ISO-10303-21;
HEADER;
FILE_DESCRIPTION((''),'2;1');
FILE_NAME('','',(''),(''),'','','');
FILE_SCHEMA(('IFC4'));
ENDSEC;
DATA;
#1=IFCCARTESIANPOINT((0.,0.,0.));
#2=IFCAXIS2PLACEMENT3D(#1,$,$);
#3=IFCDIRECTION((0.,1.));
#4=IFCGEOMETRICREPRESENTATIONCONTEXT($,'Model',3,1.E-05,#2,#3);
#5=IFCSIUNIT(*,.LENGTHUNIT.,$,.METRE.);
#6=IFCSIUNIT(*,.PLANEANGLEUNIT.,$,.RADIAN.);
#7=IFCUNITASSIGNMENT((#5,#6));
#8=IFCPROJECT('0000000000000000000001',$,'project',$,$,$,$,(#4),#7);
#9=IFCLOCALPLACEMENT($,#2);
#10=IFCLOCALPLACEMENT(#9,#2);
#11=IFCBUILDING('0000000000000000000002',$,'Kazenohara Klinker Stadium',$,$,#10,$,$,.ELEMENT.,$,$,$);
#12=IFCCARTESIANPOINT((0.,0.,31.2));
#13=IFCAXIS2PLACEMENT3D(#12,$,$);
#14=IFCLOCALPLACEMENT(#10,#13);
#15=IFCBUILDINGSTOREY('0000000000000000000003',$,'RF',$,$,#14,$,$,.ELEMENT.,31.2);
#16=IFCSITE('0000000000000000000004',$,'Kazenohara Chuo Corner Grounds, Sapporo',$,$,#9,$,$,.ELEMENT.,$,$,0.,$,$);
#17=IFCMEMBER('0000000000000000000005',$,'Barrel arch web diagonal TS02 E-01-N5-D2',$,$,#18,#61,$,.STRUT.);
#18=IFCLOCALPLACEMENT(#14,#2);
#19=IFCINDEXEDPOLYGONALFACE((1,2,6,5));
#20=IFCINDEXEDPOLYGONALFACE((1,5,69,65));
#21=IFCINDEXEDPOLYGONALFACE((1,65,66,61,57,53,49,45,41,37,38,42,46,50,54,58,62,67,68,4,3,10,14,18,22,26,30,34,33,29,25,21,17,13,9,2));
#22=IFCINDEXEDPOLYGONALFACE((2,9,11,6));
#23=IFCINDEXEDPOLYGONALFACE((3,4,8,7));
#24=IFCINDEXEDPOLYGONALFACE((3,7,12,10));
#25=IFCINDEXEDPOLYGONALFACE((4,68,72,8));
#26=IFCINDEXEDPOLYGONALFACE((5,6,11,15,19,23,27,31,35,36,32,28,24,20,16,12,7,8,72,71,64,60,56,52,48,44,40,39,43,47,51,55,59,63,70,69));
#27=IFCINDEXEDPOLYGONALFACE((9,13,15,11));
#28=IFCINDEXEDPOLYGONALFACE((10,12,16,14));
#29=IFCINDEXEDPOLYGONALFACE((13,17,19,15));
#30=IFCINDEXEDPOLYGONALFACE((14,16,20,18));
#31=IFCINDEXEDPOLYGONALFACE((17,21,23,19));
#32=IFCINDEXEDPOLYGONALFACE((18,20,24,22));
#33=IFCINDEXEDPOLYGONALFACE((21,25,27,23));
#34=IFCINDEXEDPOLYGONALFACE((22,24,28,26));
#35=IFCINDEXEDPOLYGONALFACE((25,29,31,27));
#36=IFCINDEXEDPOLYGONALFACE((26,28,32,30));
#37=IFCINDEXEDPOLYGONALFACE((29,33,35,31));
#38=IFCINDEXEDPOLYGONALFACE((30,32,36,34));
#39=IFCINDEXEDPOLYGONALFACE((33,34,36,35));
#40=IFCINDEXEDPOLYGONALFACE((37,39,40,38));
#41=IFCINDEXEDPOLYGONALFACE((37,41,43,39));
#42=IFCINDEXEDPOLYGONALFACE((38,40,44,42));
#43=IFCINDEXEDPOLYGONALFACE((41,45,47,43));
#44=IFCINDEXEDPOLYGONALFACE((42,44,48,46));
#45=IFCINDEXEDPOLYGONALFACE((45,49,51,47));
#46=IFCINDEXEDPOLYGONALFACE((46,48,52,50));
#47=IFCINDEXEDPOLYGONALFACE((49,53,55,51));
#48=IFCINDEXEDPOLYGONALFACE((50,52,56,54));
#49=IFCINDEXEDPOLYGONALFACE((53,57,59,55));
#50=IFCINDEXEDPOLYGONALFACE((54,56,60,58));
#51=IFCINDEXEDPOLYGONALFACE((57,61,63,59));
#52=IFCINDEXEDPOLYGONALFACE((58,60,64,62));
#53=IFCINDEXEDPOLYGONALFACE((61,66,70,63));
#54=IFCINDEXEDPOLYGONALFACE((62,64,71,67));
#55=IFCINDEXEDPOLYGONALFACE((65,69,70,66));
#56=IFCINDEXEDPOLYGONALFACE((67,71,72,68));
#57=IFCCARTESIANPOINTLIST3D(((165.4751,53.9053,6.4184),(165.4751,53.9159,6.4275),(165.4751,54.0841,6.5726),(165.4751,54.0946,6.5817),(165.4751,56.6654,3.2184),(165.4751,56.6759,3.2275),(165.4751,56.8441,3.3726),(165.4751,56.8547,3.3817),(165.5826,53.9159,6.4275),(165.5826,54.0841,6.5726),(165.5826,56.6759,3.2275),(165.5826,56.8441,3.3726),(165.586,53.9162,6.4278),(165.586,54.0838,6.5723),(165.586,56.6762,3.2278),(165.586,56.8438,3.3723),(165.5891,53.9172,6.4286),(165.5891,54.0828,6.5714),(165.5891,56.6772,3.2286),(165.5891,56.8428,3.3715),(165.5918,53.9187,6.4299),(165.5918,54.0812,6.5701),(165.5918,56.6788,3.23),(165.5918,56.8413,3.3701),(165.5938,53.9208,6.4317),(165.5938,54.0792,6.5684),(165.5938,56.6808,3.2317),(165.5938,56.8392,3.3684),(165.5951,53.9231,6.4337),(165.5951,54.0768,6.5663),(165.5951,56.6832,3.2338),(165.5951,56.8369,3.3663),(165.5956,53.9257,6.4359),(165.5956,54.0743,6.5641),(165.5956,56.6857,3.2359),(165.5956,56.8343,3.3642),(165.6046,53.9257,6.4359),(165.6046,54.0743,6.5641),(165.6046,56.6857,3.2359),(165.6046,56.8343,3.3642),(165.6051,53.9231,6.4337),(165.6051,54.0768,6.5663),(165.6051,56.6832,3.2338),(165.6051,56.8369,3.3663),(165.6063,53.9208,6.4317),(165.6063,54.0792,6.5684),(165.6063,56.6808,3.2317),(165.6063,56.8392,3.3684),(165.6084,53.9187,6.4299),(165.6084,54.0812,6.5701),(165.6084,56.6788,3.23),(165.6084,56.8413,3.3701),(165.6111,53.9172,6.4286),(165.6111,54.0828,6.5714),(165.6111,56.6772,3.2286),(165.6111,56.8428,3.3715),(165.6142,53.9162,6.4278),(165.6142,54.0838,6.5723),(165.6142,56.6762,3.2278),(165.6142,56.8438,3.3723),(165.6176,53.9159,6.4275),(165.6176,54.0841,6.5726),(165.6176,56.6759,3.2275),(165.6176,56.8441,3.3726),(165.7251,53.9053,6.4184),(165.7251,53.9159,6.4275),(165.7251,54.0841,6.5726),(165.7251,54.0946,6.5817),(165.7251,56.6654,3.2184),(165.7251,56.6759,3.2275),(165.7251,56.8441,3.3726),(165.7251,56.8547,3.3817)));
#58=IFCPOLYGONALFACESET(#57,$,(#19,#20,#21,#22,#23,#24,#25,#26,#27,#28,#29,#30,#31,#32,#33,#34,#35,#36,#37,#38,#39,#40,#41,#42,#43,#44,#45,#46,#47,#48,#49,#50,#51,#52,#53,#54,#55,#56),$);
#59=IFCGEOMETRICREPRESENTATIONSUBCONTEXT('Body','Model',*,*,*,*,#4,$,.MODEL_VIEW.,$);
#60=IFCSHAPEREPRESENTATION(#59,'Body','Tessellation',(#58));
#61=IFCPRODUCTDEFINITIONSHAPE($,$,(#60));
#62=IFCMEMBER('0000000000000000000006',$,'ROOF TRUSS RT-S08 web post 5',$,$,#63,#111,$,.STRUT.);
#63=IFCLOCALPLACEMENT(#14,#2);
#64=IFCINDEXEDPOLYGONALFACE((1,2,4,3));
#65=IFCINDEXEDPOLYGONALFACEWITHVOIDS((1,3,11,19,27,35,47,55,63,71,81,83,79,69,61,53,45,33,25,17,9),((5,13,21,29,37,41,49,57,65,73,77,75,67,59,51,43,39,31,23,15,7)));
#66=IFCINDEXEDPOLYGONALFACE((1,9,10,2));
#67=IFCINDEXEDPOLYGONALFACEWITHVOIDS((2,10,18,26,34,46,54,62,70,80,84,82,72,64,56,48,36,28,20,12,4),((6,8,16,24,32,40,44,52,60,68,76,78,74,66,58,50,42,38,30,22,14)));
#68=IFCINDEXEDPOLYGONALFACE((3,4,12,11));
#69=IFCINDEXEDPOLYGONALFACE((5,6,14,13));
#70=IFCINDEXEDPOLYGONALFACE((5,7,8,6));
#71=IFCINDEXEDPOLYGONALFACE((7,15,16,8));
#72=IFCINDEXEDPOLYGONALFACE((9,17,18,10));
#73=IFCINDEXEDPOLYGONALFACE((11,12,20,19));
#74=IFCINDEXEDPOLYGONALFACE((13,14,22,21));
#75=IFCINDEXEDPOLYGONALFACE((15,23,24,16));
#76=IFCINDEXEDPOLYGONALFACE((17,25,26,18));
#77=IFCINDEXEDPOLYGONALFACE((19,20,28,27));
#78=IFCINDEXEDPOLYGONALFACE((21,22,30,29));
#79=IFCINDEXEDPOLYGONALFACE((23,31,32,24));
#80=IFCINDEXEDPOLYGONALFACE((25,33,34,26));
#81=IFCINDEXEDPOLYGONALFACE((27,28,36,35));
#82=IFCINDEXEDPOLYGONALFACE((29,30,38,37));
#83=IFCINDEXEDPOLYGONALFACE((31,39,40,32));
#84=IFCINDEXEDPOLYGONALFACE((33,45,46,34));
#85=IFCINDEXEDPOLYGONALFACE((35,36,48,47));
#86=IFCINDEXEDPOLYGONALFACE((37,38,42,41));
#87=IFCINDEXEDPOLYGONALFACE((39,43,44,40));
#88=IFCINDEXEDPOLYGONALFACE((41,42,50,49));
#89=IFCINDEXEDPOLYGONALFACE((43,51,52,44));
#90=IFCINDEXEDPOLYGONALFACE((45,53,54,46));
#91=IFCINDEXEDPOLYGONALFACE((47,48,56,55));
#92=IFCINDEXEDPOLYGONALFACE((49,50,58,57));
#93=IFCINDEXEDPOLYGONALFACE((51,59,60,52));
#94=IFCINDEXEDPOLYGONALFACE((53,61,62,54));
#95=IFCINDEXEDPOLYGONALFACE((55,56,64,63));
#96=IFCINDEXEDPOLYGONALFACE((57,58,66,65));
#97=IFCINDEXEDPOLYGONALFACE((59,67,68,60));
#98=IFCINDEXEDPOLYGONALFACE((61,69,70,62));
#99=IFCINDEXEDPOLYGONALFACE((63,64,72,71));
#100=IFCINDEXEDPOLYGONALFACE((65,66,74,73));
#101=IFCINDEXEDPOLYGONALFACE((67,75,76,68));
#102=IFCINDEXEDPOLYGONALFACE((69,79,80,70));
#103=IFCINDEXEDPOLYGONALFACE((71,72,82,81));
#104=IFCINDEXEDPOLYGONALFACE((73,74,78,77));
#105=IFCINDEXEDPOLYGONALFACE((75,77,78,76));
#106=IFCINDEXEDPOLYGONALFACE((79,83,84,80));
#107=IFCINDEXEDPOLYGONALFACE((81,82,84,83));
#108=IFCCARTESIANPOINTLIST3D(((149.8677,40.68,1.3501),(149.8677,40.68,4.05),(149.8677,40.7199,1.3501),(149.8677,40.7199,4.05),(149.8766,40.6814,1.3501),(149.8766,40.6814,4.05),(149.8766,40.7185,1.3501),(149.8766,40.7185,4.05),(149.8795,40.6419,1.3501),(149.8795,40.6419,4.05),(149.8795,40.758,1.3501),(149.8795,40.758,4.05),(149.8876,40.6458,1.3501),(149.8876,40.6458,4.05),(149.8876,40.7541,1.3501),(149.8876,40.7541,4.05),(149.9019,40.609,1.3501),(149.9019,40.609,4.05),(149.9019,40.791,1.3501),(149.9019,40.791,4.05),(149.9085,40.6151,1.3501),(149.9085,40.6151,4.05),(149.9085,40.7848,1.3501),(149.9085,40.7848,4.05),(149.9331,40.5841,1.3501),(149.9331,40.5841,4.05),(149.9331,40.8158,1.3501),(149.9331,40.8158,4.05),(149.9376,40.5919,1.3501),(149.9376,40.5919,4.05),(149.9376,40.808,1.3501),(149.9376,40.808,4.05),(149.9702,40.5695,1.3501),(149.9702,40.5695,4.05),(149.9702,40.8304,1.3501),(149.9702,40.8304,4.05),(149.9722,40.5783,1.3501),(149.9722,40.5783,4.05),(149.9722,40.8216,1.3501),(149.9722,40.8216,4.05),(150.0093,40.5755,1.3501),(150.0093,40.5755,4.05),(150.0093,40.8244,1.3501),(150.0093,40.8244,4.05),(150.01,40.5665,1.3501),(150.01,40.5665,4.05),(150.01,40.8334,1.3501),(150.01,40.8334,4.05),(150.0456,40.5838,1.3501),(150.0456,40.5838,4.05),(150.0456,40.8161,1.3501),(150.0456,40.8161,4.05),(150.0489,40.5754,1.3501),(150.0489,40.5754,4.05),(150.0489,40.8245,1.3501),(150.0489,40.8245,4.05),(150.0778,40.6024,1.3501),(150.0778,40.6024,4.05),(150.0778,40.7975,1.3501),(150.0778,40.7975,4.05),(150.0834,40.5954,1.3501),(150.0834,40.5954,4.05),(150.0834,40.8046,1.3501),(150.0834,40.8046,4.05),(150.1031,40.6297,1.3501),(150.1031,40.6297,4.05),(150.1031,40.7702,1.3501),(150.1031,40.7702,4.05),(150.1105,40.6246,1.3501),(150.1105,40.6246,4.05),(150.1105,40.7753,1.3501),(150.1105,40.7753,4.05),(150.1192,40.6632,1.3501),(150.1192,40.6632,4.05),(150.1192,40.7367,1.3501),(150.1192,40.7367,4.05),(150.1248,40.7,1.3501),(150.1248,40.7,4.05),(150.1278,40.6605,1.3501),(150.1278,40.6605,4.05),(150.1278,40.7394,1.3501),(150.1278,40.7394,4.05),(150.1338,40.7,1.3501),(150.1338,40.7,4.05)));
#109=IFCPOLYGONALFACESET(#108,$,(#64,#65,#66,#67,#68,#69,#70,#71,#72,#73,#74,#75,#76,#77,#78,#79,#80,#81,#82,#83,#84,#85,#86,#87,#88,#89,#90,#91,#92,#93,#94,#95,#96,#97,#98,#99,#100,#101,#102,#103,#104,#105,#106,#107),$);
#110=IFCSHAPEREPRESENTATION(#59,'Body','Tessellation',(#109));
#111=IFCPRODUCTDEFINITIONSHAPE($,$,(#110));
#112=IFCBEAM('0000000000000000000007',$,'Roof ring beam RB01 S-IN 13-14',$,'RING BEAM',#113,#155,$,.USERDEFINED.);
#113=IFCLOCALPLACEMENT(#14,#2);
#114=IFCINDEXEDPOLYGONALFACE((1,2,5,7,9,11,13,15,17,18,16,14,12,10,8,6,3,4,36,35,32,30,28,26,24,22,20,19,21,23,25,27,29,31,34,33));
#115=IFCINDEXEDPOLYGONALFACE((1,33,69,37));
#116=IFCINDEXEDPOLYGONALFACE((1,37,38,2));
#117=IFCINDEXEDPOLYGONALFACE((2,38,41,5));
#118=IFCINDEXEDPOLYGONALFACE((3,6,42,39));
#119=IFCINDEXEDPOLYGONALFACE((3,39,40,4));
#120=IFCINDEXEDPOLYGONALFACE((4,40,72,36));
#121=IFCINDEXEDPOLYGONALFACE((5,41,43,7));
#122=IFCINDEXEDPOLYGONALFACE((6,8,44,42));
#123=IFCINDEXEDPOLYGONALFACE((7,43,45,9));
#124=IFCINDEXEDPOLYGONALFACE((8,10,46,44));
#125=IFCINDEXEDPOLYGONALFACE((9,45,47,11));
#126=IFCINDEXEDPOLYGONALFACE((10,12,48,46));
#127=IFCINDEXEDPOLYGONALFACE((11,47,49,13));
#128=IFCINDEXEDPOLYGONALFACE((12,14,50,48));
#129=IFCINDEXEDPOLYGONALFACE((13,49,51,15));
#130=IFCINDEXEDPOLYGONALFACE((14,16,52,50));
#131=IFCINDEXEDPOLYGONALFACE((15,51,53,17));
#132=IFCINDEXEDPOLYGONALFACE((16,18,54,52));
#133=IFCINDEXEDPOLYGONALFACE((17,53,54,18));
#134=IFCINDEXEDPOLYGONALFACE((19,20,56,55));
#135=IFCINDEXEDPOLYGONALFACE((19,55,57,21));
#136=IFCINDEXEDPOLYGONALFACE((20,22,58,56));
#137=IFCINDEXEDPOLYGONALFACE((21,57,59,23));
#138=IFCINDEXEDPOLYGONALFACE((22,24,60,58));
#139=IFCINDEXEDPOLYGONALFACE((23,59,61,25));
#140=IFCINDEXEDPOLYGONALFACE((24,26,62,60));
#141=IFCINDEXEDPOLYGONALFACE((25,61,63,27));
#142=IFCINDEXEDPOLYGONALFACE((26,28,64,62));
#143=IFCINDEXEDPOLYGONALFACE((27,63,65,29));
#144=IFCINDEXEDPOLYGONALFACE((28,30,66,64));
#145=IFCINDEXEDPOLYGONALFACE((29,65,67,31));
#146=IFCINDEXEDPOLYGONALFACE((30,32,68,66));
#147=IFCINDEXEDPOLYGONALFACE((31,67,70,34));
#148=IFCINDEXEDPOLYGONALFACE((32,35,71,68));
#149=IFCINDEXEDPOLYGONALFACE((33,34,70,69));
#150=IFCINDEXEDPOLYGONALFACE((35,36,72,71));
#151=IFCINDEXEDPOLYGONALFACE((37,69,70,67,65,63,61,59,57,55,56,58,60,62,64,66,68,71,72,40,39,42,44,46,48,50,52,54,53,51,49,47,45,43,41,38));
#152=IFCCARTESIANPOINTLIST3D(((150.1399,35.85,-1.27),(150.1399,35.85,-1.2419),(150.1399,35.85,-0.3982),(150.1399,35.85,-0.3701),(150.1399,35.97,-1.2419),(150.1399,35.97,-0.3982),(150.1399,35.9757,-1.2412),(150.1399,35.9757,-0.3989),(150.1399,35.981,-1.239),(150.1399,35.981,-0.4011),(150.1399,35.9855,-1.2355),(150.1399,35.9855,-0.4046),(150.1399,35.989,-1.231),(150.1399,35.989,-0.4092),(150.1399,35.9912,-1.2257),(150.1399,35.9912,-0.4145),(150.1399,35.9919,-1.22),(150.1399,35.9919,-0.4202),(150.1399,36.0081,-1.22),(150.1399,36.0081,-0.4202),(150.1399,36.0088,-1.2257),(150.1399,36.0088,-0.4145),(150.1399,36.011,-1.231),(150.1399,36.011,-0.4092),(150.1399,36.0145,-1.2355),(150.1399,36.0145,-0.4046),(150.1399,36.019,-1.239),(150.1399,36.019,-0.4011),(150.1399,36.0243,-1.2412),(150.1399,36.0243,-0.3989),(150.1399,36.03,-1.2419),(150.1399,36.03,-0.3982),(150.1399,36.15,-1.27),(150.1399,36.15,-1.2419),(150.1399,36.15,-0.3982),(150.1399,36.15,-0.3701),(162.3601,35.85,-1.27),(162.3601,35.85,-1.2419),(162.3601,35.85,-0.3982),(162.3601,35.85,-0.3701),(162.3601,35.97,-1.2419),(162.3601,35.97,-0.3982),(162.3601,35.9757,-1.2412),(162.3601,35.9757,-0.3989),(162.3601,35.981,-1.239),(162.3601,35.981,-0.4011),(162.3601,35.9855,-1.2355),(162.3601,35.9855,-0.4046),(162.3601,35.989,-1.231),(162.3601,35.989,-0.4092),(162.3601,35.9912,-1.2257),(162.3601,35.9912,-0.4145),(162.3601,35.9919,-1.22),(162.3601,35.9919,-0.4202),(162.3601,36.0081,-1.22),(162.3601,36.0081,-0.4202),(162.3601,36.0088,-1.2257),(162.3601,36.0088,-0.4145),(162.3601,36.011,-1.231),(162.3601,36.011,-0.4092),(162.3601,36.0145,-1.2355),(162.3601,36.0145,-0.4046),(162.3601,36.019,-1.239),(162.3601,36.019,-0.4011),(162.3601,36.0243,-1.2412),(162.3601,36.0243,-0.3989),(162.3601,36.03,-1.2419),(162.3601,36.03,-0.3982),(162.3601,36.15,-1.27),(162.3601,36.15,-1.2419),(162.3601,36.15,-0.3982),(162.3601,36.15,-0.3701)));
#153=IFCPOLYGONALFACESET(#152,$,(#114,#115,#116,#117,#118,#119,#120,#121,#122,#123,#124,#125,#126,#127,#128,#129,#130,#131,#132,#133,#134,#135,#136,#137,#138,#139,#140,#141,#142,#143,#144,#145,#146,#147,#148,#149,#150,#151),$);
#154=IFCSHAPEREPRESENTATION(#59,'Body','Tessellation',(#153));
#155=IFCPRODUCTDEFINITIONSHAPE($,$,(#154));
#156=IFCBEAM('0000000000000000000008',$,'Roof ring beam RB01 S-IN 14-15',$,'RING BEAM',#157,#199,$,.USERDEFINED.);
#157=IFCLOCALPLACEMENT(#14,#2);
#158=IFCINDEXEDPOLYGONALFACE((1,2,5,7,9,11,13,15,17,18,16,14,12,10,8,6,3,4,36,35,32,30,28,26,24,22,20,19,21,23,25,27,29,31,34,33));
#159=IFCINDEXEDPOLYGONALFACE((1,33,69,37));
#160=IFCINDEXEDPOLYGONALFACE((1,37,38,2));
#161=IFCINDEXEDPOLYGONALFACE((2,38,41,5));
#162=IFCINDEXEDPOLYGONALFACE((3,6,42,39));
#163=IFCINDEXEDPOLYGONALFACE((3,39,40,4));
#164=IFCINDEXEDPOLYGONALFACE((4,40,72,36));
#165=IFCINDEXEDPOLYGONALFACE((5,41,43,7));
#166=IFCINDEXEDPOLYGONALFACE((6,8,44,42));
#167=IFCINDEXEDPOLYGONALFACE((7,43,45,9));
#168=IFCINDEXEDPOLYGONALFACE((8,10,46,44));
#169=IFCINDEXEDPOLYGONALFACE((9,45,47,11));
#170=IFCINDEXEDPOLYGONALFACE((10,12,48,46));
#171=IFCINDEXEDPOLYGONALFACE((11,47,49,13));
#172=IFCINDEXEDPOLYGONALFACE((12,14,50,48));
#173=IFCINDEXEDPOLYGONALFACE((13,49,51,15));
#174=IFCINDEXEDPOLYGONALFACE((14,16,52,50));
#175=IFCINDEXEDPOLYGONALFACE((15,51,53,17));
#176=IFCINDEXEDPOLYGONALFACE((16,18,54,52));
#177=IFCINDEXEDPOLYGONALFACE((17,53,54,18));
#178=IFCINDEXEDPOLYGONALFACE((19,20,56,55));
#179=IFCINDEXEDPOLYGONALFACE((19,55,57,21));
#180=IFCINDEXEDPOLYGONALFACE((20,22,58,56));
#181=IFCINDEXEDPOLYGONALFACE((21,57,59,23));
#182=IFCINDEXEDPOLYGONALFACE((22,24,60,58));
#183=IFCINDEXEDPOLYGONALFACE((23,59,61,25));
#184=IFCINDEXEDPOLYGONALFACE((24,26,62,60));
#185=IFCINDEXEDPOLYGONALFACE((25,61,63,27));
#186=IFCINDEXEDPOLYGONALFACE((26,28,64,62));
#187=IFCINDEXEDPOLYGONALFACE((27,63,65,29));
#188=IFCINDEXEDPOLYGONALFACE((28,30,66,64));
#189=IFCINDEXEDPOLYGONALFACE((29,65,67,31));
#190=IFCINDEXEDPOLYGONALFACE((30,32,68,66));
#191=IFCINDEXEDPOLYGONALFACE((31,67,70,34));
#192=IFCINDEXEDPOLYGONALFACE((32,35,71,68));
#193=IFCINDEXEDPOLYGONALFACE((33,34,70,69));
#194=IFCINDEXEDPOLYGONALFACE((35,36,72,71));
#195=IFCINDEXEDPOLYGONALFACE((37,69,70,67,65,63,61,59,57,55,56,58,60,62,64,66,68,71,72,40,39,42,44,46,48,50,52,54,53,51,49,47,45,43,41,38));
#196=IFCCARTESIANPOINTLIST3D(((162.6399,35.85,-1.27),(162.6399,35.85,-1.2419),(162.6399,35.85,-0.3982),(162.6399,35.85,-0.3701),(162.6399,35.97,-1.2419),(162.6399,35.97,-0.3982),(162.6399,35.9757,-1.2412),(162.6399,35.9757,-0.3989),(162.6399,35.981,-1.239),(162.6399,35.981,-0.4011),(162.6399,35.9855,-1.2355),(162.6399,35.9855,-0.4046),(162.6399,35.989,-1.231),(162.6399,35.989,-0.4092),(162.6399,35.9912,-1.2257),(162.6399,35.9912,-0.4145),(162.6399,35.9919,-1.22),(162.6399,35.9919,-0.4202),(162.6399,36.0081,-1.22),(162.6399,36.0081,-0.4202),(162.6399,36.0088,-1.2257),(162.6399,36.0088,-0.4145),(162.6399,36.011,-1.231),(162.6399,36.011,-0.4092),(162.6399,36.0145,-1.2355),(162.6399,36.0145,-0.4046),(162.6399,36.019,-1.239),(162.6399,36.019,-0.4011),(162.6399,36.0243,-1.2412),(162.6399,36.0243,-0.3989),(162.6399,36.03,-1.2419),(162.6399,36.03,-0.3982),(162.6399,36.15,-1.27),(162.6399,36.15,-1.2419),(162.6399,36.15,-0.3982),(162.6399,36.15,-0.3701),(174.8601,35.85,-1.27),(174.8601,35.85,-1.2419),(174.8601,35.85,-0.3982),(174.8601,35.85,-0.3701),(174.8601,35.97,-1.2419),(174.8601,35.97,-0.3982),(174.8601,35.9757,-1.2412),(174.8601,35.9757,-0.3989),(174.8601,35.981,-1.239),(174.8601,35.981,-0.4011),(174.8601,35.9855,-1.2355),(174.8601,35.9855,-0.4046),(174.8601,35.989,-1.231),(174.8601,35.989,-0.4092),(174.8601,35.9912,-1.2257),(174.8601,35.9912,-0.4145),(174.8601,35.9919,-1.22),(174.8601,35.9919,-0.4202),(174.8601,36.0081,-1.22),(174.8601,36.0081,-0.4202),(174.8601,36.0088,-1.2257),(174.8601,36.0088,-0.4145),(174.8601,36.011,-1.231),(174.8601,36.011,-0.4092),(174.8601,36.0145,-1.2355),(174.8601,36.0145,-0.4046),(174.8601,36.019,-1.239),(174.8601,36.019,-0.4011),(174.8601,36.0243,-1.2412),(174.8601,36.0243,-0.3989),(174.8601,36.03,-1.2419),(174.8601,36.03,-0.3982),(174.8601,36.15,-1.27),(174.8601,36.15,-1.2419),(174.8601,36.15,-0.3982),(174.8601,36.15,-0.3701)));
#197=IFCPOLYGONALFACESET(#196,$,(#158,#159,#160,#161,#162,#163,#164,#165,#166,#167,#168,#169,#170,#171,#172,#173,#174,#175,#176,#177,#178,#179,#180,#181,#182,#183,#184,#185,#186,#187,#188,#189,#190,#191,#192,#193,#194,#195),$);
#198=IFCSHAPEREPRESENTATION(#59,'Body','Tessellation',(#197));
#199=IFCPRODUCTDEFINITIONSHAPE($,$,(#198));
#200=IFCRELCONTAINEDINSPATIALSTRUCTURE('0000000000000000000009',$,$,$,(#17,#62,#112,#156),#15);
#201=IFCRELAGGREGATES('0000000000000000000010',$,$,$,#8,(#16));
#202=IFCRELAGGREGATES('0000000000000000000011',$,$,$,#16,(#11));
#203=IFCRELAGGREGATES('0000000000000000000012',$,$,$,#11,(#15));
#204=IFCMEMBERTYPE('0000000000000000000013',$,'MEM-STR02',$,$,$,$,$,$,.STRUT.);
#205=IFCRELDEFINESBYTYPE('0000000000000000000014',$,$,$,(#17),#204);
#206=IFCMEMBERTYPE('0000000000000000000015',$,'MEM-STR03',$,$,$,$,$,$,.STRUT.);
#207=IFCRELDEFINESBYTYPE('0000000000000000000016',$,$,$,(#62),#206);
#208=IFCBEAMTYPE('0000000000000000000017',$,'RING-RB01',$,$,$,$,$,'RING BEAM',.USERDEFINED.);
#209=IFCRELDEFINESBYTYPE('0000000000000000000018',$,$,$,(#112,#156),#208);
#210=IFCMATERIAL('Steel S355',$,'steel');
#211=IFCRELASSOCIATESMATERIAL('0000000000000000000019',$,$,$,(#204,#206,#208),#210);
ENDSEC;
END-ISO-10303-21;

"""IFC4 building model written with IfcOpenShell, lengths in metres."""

from ifc_helpers import new_model, si_unit, direction, frame, origin, origin_2d, place, context, subcontext, project, spatial, hollow_circle, i_section, extrude, material, material_profile, profile_set, type_object, element, save


model = new_model("IFC4")

# Units and contexts
model_context = context("Model", 3, precision=1e-05, world=origin(), true_north=direction((0.0, 1.0)))
body_context = subcontext(model_context, "Body", "Model", "MODEL_VIEW")
ifc_project = project(units=[si_unit("LENGTHUNIT", "METRE"), si_unit("PLANEANGLEUNIT", "RADIAN")], contexts=[model_context])

# Site, building, storey
site_placement = place(None, origin())
site = spatial("IfcSite", under=ifc_project, at=site_placement, Name="Kazenohara Chuo Corner Grounds, Sapporo", CompositionType="ELEMENT", RefElevation=0.0)
building_placement = place(site_placement, origin())
building = spatial("IfcBuilding", under=site, at=building_placement, Name="Kazenohara Klinker Stadium", CompositionType="ELEMENT")
storey_placement = place(building_placement, frame((0.0, 0.0, 31.2)))
storey = spatial("IfcBuildingStorey", under=building, at=storey_placement, Name="RF", CompositionType="ELEMENT", Elevation=31.2)

# Members
ifc_material = material(Name="Steel S355", Category="steel")
ifc_material_profile_1 = material_profile(ifc_material, i_section(OverallWidth=0.25, OverallDepth=0.25, WebThickness=0.009, FlangeThickness=0.0139, FilletRadius=0.0129, at=origin_2d()), Name="H-250x250x9x14")
ifc_profile_set_1 = profile_set([ifc_material_profile_1], Name="Steel S355")
member_type_1 = type_object("IfcMemberType", Name="MEM-STR02", PredefinedType="STRUT", material=ifc_profile_set_1)
for number, where, z_axis, x_axis, name in (
    (1, (165.6001, 56.76, 3.3), (0.0, -0.653134, 0.757242), (1.0, 0.0, 0.0), "Barrel arch web diagonal TS02 E-01-N5-D2"),
):
    element("IfcMember", number, at=place(storey_placement, frame(where, z_axis=z_axis, x_axis=x_axis)), inside=storey, type_object=member_type_1, Name=name, PredefinedType="STRUT", context=body_context, shape_type="SweptSolid", body=[
        extrude(i_section(OverallWidth=0.25, OverallDepth=0.25, WebThickness=0.009, FlangeThickness=0.0139, FilletRadius=0.0129, at=origin_2d()), origin(), (0.0, 0.0, 1.0), 4.2258),
    ])
ifc_material_profile_2 = material_profile(ifc_material, hollow_circle(Radius=0.1338, WallThickness=0.009, at=origin_2d()), Name="CHS-267.4x9")
ifc_profile_set_2 = profile_set([ifc_material_profile_2], Name="Steel S355")
member_type_2 = type_object("IfcMemberType", Name="MEM-STR03", PredefinedType="STRUT", material=ifc_profile_set_2)
member_1_placement = place(storey_placement, frame((150.0, 40.7, 1.3501), z_axis=(0.0, 0.0, 1.0), x_axis=(1.0, 0.0, 0.0)))
element("IfcMember", 2, at=member_1_placement, inside=storey, type_object=member_type_2, Name="ROOF TRUSS RT-S08 web post 5", PredefinedType="STRUT", context=body_context, shape_type="SweptSolid", body=[
    extrude(hollow_circle(Radius=0.1338, WallThickness=0.009, at=origin_2d()), origin(), (0.0, 0.0, 1.0), 2.7),
])

# Beams
ifc_material_profile_3 = material_profile(ifc_material, i_section(OverallWidth=0.3, OverallDepth=0.8999, WebThickness=0.0161, FlangeThickness=0.0281, FilletRadius=0.022, at=origin_2d()), Name="H-900x300x16x28")
ifc_profile_set_3 = profile_set([ifc_material_profile_3], Name="Steel S355")
beam_type = type_object("IfcBeamType", Name="RING-RB01", ElementType="RING BEAM", PredefinedType="USERDEFINED", material=ifc_profile_set_3)
for number, where, z_axis, x_axis, name in (
    (3, (150.1399, 36.0, -0.8201), (1.0, 0.0, 0.0), (0.0, 1.0, 0.0), "Roof ring beam RB01 S-IN 13-14"),
    (4, (162.6399, 36.0, -0.8201), (1.0, 0.0, 0.0), (0.0, 1.0, 0.0), "Roof ring beam RB01 S-IN 14-15"),
):
    element("IfcBeam", number, at=place(storey_placement, frame(where, z_axis=z_axis, x_axis=x_axis)), inside=storey, type_object=beam_type, Name=name, ObjectType="RING BEAM", PredefinedType="USERDEFINED", context=body_context, shape_type="SweptSolid", body=[
        extrude(i_section(OverallWidth=0.3, OverallDepth=0.8999, WebThickness=0.0161, FlangeThickness=0.0281, FilletRadius=0.022, at=origin_2d()), origin(), (0.0, 0.0, 1.0), 12.2202),
    ])

save(model, "model.ifc")
